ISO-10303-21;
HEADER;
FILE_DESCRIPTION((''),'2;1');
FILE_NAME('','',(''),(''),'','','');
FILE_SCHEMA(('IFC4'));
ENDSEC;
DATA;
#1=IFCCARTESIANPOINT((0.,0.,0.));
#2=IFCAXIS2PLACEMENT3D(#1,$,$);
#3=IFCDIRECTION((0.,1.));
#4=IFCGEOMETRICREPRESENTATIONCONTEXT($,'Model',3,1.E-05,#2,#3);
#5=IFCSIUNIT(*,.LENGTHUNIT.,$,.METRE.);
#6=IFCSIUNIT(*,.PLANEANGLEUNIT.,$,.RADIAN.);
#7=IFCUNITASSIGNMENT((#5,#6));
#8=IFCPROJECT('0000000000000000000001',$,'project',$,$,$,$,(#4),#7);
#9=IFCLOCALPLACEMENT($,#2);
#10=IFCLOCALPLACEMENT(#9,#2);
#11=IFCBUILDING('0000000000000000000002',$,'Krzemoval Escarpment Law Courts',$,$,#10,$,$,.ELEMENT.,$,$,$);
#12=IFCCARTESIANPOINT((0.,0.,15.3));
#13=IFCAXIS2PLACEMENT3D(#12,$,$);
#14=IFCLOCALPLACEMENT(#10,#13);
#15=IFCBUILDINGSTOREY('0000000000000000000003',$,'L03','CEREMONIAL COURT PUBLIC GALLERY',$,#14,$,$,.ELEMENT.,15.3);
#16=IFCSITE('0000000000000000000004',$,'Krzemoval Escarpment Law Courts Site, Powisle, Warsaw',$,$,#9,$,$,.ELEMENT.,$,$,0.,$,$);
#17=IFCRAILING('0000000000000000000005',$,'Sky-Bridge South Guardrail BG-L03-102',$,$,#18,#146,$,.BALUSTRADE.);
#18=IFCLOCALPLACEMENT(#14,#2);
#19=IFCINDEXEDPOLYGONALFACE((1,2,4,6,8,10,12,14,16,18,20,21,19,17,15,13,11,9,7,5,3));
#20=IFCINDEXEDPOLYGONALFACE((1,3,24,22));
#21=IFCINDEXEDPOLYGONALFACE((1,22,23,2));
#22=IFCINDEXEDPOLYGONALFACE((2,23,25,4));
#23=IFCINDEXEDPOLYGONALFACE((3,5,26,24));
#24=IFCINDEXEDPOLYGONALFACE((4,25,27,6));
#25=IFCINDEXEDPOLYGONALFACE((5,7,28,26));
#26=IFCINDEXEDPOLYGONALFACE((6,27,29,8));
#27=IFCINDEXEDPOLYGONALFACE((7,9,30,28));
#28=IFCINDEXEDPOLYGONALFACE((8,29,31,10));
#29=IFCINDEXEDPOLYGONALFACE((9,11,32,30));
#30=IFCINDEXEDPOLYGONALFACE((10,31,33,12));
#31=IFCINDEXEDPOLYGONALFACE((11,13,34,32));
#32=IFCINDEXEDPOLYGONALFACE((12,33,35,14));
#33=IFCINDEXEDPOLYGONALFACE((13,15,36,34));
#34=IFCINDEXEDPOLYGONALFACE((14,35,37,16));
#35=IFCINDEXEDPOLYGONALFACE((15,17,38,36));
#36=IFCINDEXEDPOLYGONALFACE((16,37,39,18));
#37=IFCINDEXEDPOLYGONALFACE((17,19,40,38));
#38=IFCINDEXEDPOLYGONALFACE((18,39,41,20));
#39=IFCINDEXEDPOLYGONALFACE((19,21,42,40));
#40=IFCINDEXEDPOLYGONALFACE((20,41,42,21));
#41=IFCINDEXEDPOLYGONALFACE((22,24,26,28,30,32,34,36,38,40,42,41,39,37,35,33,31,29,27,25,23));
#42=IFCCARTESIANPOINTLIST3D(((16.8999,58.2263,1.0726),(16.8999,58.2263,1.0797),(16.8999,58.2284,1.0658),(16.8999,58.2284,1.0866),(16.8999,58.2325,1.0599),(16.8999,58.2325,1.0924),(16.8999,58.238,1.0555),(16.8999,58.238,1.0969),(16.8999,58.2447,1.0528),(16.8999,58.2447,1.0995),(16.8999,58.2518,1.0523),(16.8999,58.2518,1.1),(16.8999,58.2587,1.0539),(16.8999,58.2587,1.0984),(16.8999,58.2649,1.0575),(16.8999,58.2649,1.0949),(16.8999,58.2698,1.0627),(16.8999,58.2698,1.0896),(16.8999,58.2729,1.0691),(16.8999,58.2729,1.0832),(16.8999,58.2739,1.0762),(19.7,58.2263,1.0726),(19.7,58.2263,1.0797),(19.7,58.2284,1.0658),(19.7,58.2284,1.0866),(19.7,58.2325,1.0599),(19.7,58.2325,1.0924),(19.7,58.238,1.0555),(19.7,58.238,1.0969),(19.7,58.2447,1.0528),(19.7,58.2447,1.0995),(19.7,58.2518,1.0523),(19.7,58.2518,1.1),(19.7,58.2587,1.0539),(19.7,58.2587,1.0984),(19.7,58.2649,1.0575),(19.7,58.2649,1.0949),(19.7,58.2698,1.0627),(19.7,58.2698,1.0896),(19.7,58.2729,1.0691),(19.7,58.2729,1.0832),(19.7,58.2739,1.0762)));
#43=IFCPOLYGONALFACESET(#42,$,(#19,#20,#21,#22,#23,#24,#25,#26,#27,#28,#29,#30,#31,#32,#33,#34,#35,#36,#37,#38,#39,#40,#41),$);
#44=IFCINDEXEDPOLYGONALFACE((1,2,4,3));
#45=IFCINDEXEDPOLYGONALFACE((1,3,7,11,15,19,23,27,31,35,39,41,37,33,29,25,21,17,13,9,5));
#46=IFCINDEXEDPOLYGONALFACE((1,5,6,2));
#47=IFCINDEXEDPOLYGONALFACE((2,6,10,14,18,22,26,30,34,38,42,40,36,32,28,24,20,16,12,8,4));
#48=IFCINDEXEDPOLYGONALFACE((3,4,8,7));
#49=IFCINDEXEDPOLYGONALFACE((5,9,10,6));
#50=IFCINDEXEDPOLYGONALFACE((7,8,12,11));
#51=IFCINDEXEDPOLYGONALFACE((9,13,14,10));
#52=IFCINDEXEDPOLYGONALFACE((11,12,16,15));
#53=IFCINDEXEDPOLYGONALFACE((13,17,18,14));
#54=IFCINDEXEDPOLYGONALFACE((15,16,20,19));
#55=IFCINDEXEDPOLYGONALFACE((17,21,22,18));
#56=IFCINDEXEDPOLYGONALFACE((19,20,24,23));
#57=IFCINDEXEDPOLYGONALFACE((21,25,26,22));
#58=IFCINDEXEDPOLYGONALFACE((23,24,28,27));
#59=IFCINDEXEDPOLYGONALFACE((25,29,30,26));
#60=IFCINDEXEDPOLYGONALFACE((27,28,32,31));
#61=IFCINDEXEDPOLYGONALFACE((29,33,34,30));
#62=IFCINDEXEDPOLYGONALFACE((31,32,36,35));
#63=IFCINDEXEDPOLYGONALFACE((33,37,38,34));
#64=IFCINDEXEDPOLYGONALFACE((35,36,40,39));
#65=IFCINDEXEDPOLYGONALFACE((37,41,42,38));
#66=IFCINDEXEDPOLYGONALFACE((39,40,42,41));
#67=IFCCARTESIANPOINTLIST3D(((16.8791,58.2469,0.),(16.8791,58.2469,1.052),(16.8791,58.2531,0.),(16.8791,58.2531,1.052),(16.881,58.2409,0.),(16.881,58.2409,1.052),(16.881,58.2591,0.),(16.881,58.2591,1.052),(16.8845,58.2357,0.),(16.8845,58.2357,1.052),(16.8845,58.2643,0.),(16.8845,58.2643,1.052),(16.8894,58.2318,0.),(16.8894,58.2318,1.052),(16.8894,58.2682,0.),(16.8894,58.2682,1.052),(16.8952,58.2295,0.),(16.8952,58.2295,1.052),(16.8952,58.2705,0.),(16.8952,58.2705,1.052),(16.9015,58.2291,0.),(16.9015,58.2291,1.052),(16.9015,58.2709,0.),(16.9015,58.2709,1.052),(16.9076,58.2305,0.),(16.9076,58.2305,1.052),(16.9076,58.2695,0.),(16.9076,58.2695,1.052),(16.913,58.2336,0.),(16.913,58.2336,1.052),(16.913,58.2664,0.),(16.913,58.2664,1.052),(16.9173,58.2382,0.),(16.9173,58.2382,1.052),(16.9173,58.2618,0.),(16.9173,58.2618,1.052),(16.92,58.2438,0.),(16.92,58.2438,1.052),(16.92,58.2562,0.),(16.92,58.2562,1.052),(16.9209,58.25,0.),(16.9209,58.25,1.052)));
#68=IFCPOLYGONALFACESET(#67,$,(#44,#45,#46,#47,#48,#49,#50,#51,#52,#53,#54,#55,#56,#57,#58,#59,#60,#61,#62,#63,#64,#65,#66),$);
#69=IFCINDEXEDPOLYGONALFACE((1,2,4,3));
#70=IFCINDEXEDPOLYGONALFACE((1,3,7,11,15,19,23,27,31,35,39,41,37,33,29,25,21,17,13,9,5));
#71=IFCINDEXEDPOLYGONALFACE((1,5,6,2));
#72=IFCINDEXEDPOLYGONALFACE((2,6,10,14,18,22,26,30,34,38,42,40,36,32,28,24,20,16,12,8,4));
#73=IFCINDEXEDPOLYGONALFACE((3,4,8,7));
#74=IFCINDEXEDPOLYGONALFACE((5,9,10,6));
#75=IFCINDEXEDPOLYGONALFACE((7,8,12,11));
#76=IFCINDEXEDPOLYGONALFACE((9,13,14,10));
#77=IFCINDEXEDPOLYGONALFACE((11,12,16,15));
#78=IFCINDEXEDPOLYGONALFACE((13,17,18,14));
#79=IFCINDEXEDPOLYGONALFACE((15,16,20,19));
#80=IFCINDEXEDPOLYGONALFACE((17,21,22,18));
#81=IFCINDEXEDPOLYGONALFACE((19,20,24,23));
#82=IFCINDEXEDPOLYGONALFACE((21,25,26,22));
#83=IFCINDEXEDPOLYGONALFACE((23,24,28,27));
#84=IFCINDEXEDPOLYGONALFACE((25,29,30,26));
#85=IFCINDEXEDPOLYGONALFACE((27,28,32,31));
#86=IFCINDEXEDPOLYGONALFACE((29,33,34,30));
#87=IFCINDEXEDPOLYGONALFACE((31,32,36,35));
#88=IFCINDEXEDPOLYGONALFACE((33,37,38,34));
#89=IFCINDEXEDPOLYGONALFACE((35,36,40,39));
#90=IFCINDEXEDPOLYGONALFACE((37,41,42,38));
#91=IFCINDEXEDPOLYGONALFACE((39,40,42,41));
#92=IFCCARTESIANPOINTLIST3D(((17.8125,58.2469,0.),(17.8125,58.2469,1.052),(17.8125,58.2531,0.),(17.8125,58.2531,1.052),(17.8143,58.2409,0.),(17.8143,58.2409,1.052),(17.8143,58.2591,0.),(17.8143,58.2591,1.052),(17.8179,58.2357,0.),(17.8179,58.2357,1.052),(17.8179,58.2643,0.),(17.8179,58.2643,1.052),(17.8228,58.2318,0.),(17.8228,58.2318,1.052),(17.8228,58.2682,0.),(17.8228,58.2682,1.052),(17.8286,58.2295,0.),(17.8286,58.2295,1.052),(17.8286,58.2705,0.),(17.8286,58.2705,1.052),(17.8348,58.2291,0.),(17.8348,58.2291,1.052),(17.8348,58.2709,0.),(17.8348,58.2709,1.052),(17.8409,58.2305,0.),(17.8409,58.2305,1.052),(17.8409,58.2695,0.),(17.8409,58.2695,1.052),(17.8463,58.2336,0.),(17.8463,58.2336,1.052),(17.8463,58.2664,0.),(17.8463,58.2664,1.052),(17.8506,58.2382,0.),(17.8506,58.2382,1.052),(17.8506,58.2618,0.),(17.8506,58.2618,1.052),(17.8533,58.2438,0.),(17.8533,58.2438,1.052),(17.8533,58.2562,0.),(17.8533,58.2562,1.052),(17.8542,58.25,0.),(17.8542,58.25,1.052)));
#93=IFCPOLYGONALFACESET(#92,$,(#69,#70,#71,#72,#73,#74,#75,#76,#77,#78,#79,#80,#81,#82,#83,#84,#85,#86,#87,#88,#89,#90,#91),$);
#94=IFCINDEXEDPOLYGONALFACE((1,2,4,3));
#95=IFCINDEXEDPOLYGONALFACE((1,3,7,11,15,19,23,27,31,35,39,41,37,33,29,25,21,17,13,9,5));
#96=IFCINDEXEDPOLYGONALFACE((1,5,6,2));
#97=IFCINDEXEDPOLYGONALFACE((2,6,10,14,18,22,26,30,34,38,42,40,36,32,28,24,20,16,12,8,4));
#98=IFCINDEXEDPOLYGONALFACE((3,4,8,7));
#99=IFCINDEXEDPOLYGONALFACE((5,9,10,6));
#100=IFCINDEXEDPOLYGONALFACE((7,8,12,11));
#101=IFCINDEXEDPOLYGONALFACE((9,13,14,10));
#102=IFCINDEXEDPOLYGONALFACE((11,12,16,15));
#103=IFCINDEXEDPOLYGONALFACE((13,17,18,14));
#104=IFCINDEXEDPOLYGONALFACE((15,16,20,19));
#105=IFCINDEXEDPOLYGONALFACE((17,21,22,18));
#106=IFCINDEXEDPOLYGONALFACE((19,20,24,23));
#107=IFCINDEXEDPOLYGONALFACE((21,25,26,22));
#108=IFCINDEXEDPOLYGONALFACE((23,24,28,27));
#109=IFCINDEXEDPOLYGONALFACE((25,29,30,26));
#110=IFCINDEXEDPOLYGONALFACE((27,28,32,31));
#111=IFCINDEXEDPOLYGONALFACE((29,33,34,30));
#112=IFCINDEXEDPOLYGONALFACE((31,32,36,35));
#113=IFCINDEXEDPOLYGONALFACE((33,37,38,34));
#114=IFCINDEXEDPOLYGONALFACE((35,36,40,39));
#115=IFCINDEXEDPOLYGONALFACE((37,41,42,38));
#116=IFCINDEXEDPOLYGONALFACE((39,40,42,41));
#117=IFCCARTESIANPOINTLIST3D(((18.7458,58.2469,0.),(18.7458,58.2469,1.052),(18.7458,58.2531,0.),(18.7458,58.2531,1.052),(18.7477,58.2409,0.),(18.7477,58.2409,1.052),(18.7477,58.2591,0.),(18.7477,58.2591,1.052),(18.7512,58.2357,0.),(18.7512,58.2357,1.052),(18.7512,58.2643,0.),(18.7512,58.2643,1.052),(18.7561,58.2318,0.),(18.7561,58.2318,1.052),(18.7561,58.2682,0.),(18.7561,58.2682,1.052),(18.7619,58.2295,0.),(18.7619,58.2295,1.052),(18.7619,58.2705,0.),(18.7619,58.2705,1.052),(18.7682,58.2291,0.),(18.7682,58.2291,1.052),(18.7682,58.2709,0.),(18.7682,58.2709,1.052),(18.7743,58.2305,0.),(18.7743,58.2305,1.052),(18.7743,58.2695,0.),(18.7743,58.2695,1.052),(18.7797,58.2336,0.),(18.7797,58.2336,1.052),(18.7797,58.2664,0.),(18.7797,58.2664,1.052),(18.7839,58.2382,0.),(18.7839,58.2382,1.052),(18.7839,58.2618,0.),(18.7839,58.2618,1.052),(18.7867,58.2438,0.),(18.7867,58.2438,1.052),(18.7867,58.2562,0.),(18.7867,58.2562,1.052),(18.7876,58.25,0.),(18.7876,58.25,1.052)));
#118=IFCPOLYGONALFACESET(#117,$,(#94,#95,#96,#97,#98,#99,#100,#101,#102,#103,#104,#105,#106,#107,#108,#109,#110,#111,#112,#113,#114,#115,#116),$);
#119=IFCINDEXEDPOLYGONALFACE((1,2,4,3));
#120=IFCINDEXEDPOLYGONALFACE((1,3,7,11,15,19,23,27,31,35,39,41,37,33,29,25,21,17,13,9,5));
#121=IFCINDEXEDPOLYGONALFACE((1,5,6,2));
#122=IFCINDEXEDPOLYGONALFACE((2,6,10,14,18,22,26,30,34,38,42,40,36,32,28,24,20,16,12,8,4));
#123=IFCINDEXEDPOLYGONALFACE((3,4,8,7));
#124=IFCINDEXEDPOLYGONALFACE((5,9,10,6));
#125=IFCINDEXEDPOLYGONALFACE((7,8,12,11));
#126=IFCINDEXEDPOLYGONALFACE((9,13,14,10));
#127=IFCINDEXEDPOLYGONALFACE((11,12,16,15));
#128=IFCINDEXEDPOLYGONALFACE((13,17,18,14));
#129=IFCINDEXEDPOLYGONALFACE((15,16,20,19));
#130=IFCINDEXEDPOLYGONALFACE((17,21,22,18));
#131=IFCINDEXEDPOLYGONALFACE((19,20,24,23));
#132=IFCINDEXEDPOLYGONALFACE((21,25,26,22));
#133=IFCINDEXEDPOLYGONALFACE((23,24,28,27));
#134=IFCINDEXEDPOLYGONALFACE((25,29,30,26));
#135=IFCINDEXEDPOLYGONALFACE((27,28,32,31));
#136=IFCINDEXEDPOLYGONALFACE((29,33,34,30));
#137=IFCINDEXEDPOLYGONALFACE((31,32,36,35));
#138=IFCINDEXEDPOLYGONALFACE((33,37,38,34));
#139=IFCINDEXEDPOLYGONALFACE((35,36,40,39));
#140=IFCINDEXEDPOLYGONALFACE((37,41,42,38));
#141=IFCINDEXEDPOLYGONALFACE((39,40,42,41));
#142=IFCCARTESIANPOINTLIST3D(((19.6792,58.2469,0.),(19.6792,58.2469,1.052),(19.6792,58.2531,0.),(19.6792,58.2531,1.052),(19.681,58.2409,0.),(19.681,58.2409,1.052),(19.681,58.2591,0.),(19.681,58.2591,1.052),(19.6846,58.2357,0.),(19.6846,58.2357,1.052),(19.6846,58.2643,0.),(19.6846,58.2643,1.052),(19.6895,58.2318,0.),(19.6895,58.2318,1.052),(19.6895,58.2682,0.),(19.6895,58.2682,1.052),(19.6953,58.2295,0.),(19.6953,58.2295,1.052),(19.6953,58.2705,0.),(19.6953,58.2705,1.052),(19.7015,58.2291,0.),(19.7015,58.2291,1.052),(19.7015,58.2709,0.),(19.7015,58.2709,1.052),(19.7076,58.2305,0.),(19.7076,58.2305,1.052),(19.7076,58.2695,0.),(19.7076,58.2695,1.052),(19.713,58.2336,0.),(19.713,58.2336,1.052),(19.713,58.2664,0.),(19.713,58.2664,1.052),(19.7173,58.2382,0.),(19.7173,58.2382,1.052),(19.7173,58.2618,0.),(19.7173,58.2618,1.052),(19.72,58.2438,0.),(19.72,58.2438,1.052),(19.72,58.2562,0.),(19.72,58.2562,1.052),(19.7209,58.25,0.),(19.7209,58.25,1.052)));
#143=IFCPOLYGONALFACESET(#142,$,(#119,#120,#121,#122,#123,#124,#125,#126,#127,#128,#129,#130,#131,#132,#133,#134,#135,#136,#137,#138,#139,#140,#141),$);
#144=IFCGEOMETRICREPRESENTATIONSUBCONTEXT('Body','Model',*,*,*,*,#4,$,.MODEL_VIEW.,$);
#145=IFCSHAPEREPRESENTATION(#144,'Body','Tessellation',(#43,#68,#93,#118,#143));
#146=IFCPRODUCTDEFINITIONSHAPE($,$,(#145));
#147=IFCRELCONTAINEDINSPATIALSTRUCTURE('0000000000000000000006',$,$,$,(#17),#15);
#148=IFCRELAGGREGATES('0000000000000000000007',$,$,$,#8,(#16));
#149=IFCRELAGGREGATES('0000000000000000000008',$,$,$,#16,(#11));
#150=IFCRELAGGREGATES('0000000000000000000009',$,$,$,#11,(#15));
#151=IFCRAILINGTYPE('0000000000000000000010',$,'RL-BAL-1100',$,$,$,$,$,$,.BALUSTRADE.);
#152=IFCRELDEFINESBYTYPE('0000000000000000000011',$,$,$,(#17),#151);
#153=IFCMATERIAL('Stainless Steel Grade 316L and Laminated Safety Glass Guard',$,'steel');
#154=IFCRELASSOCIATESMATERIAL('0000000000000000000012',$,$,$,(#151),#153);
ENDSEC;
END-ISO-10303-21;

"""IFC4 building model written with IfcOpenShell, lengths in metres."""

from ifc_helpers import new_model, si_unit, direction, frame, origin, origin_2d, place, context, subcontext, project, spatial, circle, extrude, material, type_object, element, save


model = new_model("IFC4")

# Units and contexts
model_context = context("Model", 3, precision=1e-05, world=origin(), true_north=direction((0.0, 1.0)))
body_context = subcontext(model_context, "Body", "Model", "MODEL_VIEW")
ifc_project = project(units=[si_unit("LENGTHUNIT", "METRE"), si_unit("PLANEANGLEUNIT", "RADIAN")], contexts=[model_context])

# Site, building, storey
site_placement = place(None, origin())
site = spatial("IfcSite", under=ifc_project, at=site_placement, Name="Krzemoval Escarpment Law Courts Site, Powisle, Warsaw", CompositionType="ELEMENT", RefElevation=0.0)
building_placement = place(site_placement, origin())
building = spatial("IfcBuilding", under=site, at=building_placement, Name="Krzemoval Escarpment Law Courts", CompositionType="ELEMENT")
storey_placement = place(building_placement, frame((0.0, 0.0, 15.3)))
storey = spatial("IfcBuildingStorey", under=building, at=storey_placement, Name="L03", Description="CEREMONIAL COURT PUBLIC GALLERY", CompositionType="ELEMENT", Elevation=15.3)

# Railing
ifc_material_1 = material(Name="Stainless Steel Grade 316L and Laminated Safety Glass Guard", Category="steel")
railing_type = type_object("IfcRailingType", Name="RL-BAL-1100", PredefinedType="BALUSTRADE", material=ifc_material_1)
railing_1_placement = place(storey_placement, frame((16.8999, 58.25, 0.0)))
element("IfcRailing", 1, at=railing_1_placement, inside=storey, type_object=railing_type, Name="Sky-Bridge South Guardrail BG-L03-102", PredefinedType="BALUSTRADE", context=body_context, shape_type="SweptSolid", body=[
    extrude(circle(Radius=0.0239, at=origin_2d()), frame((0.0, 0.0, 1.0762), z_axis=(1.0, 0.0, 0.0), x_axis=(0.0, 1.0, 0.0)), (0.0, 0.0, 1.0), 2.8),
    extrude(circle(Radius=0.021, at=origin_2d()), origin(), (0.0, 0.0, 1.0), 1.052),
    extrude(circle(Radius=0.021, at=origin_2d()), frame((0.9333, 0.0, 0.0)), (0.0, 0.0, 1.0), 1.052),
    extrude(circle(Radius=0.021, at=origin_2d()), frame((1.8667, 0.0, 0.0)), (0.0, 0.0, 1.0), 1.052),
    extrude(circle(Radius=0.021, at=origin_2d()), frame((2.8, 0.0, 0.0)), (0.0, 0.0, 1.0), 1.052),
])

save(model, "model.ifc")
